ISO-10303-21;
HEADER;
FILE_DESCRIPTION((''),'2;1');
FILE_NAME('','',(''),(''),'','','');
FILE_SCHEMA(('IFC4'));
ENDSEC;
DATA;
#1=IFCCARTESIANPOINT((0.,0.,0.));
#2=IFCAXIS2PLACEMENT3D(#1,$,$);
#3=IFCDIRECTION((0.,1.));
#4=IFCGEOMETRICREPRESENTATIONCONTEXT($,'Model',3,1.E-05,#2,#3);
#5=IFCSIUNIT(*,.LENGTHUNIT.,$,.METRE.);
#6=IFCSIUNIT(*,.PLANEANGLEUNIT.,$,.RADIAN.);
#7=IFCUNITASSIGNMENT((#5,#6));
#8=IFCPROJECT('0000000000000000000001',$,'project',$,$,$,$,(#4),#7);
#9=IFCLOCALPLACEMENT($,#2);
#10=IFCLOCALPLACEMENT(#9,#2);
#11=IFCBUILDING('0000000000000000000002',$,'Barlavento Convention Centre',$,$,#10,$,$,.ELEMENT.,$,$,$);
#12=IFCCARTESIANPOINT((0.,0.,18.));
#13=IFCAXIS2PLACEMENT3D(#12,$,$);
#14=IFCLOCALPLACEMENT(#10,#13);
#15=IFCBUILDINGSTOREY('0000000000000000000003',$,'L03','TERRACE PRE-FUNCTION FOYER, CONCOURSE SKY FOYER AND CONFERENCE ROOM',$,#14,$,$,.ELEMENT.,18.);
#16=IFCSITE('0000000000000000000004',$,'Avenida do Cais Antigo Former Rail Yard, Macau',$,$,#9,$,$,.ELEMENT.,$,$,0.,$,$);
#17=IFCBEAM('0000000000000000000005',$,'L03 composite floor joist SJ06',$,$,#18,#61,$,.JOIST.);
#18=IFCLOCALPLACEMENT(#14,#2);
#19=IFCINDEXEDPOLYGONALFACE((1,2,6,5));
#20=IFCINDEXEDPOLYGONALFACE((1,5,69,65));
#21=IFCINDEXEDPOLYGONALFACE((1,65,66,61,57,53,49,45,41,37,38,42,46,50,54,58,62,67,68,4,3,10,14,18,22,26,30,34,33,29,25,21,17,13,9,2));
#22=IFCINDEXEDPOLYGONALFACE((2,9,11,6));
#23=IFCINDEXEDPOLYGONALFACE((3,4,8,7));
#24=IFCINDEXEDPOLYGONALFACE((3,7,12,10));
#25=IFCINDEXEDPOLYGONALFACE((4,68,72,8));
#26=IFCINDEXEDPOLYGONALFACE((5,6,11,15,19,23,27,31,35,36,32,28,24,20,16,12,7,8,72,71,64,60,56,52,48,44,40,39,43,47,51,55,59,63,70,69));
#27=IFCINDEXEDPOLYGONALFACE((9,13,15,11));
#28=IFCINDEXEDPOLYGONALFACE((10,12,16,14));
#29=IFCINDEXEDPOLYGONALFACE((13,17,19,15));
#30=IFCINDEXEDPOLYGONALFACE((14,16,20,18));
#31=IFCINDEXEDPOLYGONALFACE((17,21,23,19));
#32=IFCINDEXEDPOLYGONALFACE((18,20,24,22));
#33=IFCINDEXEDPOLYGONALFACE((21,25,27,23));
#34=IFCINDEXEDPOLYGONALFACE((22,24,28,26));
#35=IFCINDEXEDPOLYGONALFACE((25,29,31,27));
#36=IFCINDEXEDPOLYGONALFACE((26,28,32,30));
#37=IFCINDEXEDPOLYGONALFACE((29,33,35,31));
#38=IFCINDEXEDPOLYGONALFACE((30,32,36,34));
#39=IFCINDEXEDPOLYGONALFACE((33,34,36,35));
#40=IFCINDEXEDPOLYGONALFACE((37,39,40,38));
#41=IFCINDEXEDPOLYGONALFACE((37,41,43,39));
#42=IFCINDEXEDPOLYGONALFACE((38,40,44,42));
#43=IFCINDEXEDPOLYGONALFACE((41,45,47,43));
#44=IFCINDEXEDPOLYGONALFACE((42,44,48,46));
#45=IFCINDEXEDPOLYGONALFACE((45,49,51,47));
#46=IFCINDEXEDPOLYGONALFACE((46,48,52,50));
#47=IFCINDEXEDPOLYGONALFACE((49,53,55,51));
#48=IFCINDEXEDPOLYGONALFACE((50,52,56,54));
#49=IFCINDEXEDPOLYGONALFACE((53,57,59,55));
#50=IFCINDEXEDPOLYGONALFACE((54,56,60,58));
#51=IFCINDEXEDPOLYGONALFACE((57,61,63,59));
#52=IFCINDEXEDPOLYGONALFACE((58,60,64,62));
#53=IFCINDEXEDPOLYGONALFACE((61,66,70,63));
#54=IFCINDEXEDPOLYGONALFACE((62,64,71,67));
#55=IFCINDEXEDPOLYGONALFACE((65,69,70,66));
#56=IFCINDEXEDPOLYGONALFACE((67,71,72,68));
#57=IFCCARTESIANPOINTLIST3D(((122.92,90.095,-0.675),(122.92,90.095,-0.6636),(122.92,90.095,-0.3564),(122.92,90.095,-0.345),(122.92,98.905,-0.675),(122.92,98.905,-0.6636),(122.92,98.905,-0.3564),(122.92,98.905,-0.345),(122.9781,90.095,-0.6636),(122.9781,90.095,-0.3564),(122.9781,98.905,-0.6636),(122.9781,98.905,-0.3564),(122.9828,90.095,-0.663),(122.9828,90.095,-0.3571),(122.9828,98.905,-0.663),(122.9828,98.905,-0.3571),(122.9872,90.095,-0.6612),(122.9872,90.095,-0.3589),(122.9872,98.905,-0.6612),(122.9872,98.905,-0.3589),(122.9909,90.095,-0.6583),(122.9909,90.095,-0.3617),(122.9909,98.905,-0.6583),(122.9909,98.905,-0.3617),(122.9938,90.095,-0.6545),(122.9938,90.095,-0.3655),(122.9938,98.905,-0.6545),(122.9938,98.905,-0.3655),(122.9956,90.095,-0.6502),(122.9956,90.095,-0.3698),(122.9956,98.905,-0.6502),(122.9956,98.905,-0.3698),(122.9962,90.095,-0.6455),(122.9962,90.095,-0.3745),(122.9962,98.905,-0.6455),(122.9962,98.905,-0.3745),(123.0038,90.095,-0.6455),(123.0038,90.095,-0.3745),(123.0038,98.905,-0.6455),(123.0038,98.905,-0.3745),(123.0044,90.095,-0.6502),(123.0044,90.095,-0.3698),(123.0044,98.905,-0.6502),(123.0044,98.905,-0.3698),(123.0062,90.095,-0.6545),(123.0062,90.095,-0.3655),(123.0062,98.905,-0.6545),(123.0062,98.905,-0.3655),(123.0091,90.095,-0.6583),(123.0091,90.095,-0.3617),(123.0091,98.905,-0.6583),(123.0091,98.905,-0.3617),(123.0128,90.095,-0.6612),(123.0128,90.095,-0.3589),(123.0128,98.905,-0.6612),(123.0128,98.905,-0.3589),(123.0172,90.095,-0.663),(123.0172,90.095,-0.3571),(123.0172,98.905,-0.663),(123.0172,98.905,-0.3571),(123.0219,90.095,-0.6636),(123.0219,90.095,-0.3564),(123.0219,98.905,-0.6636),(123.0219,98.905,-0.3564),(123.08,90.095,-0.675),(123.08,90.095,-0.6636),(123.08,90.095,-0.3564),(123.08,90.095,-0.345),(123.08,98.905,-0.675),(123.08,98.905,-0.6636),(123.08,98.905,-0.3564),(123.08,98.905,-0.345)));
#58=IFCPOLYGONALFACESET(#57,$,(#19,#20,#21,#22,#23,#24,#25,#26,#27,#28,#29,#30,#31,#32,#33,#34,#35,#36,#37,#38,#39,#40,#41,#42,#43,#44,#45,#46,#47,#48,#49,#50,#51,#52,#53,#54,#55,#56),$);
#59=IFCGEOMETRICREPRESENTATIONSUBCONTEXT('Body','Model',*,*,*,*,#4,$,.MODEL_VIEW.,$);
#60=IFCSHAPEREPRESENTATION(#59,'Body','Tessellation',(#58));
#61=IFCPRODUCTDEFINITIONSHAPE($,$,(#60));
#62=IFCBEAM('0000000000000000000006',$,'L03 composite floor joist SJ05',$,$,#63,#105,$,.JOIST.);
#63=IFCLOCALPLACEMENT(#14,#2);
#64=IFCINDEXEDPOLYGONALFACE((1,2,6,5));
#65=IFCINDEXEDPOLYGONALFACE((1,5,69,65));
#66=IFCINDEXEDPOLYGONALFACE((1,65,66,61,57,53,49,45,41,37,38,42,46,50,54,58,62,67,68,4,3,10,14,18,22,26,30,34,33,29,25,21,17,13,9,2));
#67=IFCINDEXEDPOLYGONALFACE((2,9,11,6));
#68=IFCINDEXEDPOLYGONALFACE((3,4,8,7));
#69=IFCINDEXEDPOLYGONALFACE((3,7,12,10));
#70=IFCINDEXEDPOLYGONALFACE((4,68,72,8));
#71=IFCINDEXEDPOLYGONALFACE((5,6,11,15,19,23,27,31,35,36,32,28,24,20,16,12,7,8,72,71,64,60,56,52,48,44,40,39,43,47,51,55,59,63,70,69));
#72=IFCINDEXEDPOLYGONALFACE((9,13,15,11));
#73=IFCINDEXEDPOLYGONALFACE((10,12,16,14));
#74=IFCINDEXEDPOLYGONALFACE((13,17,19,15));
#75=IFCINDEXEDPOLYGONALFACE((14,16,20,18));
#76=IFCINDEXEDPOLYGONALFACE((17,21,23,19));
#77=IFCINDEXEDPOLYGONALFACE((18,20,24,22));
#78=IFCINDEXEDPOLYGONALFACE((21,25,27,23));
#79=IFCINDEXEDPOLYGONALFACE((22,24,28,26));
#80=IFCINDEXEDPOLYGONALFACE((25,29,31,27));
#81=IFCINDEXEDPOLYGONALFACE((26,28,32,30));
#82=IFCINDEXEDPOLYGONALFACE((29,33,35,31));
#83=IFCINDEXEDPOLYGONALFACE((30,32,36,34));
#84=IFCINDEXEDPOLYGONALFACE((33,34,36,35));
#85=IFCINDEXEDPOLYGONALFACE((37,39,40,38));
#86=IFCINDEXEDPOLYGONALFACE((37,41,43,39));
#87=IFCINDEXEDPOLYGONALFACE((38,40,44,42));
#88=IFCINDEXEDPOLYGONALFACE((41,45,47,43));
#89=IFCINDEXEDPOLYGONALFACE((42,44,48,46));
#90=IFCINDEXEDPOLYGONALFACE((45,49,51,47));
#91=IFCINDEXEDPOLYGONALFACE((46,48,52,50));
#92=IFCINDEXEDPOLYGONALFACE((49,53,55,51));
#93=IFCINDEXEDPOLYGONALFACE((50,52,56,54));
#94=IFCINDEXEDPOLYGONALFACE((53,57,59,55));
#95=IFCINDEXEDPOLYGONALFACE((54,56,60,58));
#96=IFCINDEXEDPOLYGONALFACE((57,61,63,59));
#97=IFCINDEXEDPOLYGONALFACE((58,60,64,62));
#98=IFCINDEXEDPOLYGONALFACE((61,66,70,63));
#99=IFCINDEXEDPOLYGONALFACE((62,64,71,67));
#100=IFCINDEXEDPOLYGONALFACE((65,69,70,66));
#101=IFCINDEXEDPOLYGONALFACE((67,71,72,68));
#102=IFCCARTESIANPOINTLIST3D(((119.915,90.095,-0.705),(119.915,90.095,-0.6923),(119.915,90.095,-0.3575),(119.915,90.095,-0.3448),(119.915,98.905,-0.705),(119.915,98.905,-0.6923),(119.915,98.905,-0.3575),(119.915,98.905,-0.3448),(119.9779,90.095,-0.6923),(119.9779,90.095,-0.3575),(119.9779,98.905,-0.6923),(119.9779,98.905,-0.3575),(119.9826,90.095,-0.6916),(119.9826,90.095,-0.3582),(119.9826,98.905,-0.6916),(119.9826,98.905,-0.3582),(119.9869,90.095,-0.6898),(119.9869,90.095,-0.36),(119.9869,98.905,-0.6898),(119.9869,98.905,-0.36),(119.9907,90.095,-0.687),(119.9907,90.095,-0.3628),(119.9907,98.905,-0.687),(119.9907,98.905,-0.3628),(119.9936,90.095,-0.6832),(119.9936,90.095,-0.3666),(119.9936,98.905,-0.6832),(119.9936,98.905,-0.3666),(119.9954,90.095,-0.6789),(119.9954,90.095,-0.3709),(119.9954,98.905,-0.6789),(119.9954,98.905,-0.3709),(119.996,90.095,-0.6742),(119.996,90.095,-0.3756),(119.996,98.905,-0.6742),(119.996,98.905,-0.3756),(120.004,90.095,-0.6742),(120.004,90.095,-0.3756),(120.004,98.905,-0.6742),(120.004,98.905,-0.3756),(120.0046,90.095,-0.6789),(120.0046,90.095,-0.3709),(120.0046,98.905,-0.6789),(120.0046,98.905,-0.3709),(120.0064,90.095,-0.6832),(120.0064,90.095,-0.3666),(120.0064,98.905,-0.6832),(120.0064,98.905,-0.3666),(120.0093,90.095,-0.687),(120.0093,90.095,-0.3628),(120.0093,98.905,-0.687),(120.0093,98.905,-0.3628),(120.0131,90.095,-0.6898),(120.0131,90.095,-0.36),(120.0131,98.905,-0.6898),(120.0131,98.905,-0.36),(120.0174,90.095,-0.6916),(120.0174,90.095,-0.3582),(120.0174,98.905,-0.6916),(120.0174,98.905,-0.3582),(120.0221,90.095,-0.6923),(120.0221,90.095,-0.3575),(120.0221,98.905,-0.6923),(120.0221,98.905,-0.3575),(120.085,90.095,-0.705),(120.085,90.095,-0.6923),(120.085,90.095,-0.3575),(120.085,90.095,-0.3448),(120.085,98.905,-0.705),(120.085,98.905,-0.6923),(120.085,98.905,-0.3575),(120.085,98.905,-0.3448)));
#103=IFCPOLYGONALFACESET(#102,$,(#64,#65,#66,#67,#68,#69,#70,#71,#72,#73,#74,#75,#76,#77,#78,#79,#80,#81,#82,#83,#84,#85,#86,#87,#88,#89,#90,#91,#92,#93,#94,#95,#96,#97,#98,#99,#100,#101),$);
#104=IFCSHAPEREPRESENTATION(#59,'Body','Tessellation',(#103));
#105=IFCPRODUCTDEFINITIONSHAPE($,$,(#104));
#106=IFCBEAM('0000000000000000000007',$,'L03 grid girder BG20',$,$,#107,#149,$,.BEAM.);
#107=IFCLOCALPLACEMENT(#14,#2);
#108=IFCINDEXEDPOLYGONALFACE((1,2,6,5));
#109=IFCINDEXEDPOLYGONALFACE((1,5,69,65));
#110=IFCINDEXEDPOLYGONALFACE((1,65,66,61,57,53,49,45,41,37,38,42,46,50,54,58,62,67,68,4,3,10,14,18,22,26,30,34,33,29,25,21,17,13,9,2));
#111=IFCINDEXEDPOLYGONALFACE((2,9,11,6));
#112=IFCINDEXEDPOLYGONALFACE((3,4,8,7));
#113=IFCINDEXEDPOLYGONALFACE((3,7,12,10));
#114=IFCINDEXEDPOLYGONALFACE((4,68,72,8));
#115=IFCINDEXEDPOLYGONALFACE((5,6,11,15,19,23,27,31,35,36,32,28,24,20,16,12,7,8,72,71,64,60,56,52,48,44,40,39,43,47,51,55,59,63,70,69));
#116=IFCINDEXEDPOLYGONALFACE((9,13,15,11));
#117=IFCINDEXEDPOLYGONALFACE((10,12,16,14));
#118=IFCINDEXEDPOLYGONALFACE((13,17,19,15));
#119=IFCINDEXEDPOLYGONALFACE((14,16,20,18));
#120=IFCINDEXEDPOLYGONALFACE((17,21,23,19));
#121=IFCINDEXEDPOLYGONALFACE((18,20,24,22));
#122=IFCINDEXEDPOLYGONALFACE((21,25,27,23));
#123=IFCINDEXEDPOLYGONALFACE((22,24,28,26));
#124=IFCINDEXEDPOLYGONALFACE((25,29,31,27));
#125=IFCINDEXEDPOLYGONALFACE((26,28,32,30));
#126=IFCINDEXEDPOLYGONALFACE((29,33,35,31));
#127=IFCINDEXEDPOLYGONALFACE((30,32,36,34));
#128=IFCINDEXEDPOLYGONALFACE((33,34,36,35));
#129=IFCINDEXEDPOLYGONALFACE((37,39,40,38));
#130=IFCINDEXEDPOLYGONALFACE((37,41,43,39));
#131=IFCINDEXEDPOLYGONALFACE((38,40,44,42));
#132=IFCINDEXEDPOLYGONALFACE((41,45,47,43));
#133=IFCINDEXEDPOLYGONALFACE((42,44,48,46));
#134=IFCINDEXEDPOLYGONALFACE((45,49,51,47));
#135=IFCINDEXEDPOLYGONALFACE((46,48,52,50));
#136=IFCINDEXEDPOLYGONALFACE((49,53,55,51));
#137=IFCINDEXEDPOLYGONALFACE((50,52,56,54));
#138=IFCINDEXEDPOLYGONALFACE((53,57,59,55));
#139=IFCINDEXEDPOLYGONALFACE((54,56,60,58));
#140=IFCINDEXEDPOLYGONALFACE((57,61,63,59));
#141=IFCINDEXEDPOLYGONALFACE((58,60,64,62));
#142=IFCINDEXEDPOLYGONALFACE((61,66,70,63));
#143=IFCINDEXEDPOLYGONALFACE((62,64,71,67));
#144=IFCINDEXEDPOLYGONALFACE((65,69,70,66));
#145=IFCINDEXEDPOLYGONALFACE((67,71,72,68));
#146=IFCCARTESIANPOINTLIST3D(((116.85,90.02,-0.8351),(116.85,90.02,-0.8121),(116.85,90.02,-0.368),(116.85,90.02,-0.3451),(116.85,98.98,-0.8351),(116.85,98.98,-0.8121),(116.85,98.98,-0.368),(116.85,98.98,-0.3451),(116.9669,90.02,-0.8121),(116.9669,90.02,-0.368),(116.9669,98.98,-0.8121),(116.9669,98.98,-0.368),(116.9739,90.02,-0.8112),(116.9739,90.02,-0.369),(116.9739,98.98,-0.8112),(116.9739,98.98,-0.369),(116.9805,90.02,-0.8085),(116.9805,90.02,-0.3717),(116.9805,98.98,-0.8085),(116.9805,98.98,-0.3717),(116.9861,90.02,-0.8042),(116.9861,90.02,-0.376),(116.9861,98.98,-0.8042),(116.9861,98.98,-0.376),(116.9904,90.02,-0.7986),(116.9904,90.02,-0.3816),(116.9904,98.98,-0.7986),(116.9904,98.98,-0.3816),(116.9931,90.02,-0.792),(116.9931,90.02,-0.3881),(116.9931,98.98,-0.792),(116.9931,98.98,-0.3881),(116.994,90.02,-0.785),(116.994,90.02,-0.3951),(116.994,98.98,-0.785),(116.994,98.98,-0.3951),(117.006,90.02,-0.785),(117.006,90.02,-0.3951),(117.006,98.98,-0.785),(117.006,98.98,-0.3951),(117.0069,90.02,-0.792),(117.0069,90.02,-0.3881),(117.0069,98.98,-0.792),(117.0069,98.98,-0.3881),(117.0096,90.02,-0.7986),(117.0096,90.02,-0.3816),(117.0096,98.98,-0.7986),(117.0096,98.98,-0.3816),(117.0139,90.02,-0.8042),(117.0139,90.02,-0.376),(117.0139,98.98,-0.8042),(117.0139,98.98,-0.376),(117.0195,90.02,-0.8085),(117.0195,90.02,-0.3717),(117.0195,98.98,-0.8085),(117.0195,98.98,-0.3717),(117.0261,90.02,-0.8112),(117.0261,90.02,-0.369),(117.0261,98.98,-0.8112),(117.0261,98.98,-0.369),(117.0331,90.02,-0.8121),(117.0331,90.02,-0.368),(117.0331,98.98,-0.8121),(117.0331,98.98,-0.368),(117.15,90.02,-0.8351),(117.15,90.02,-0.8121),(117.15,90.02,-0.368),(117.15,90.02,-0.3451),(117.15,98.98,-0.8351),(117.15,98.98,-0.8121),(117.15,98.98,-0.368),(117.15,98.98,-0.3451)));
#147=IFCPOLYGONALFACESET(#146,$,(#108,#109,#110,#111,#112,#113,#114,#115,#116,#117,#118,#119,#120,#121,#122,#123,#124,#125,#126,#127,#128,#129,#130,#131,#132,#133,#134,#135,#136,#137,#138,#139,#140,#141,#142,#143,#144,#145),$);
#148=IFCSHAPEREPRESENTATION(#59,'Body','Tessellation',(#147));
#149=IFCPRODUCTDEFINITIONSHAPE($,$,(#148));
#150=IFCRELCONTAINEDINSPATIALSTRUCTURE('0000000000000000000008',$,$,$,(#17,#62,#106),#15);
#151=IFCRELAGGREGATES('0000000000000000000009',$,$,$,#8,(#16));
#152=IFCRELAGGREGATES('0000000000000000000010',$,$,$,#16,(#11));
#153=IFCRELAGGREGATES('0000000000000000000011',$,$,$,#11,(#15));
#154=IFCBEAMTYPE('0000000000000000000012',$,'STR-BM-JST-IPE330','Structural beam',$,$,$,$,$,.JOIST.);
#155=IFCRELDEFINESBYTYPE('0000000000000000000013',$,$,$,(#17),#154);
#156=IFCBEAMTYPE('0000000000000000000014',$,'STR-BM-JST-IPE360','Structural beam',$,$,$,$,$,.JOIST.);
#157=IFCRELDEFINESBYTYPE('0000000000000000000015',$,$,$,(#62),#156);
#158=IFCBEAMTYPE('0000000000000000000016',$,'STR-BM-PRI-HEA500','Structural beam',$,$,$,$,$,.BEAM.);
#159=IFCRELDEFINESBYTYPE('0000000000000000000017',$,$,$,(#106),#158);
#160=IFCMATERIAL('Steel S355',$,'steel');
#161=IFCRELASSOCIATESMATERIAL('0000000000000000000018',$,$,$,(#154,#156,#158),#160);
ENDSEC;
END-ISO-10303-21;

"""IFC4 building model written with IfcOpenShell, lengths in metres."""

from ifc_helpers import new_model, si_unit, direction, frame, origin, origin_2d, place, context, subcontext, project, spatial, i_section, extrude, material, material_profile, profile_set, type_object, element, save


model = new_model("IFC4")

# Units and contexts
model_context = context("Model", 3, precision=1e-05, world=origin(), true_north=direction((0.0, 1.0)))
body_context = subcontext(model_context, "Body", "Model", "MODEL_VIEW")
ifc_project = project(units=[si_unit("LENGTHUNIT", "METRE"), si_unit("PLANEANGLEUNIT", "RADIAN")], contexts=[model_context])

# Site, building, storey
site_placement = place(None, origin())
site = spatial("IfcSite", under=ifc_project, at=site_placement, Name="Avenida do Cais Antigo Former Rail Yard, Macau", CompositionType="ELEMENT", RefElevation=0.0)
building_placement = place(site_placement, origin())
building = spatial("IfcBuilding", under=site, at=building_placement, Name="Barlavento Convention Centre", CompositionType="ELEMENT")
storey_placement = place(building_placement, frame((0.0, 0.0, 18.0)))
storey = spatial("IfcBuildingStorey", under=building, at=storey_placement, Name="L03", Description="TERRACE PRE-FUNCTION FOYER, CONCOURSE SKY FOYER AND CONFERENCE ROOM", CompositionType="ELEMENT", Elevation=18.0)

# Beams
ifc_material_1 = material(Name="Steel S355", Category="steel")
ifc_material_profile_1 = material_profile(ifc_material_1, i_section(OverallWidth=0.1599, OverallDepth=0.3301, WebThickness=0.0076, FlangeThickness=0.0115, FilletRadius=0.0181, at=origin_2d()), Name="IPE 330")
ifc_profile_set_1 = profile_set([ifc_material_profile_1], Name="Steel S355")
beam_type_1 = type_object("IfcBeamType", Name="STR-BM-JST-IPE330", Description="Structural beam", PredefinedType="JOIST", material=ifc_profile_set_1)
beam_1_placement = place(storey_placement, frame((123.0, 90.095, -0.51), z_axis=(0.0, 1.0, 0.0), x_axis=(-1.0, 0.0, 0.0)))
element("IfcBeam", 1, at=beam_1_placement, inside=storey, type_object=beam_type_1, Name="L03 composite floor joist SJ06", PredefinedType="JOIST", context=body_context, shape_type="SweptSolid", body=[
    extrude(i_section(OverallWidth=0.1599, OverallDepth=0.3301, WebThickness=0.0076, FlangeThickness=0.0115, FilletRadius=0.0181, at=origin_2d()), origin(), (0.0, 0.0, 1.0), 8.8101),
])
ifc_material_profile_2 = material_profile(ifc_material_1, i_section(OverallWidth=0.1699, OverallDepth=0.3601, WebThickness=0.0081, FlangeThickness=0.0127, FilletRadius=0.0181, at=origin_2d()), Name="IPE 360")
ifc_profile_set_2 = profile_set([ifc_material_profile_2], Name="Steel S355")
beam_type_2 = type_object("IfcBeamType", Name="STR-BM-JST-IPE360", Description="Structural beam", PredefinedType="JOIST", material=ifc_profile_set_2)
beam_2_placement = place(storey_placement, frame((120.0, 90.095, -0.5249), z_axis=(0.0, 1.0, 0.0), x_axis=(-1.0, 0.0, 0.0)))
element("IfcBeam", 2, at=beam_2_placement, inside=storey, type_object=beam_type_2, Name="L03 composite floor joist SJ05", PredefinedType="JOIST", context=body_context, shape_type="SweptSolid", body=[
    extrude(i_section(OverallWidth=0.1699, OverallDepth=0.3601, WebThickness=0.0081, FlangeThickness=0.0127, FilletRadius=0.0181, at=origin_2d()), origin(), (0.0, 0.0, 1.0), 8.8101),
])
ifc_material_profile_3 = material_profile(ifc_material_1, i_section(OverallWidth=0.3, OverallDepth=0.49, WebThickness=0.012, FlangeThickness=0.0229, FilletRadius=0.0271, at=origin_2d()), Name="HEA 500")
ifc_profile_set_3 = profile_set([ifc_material_profile_3], Name="Steel S355")
beam_type_3 = type_object("IfcBeamType", Name="STR-BM-PRI-HEA500", Description="Structural beam", PredefinedType="BEAM", material=ifc_profile_set_3)
beam_3_placement = place(storey_placement, frame((117.0, 90.02, -0.5901), z_axis=(0.0, 1.0, 0.0), x_axis=(-1.0, 0.0, 0.0)))
element("IfcBeam", 3, at=beam_3_placement, inside=storey, type_object=beam_type_3, Name="L03 grid girder BG20", PredefinedType="BEAM", context=body_context, shape_type="SweptSolid", body=[
    extrude(i_section(OverallWidth=0.3, OverallDepth=0.49, WebThickness=0.012, FlangeThickness=0.0229, FilletRadius=0.0271, at=origin_2d()), origin(), (0.0, 0.0, 1.0), 8.96),
])

save(model, "model.ifc")
